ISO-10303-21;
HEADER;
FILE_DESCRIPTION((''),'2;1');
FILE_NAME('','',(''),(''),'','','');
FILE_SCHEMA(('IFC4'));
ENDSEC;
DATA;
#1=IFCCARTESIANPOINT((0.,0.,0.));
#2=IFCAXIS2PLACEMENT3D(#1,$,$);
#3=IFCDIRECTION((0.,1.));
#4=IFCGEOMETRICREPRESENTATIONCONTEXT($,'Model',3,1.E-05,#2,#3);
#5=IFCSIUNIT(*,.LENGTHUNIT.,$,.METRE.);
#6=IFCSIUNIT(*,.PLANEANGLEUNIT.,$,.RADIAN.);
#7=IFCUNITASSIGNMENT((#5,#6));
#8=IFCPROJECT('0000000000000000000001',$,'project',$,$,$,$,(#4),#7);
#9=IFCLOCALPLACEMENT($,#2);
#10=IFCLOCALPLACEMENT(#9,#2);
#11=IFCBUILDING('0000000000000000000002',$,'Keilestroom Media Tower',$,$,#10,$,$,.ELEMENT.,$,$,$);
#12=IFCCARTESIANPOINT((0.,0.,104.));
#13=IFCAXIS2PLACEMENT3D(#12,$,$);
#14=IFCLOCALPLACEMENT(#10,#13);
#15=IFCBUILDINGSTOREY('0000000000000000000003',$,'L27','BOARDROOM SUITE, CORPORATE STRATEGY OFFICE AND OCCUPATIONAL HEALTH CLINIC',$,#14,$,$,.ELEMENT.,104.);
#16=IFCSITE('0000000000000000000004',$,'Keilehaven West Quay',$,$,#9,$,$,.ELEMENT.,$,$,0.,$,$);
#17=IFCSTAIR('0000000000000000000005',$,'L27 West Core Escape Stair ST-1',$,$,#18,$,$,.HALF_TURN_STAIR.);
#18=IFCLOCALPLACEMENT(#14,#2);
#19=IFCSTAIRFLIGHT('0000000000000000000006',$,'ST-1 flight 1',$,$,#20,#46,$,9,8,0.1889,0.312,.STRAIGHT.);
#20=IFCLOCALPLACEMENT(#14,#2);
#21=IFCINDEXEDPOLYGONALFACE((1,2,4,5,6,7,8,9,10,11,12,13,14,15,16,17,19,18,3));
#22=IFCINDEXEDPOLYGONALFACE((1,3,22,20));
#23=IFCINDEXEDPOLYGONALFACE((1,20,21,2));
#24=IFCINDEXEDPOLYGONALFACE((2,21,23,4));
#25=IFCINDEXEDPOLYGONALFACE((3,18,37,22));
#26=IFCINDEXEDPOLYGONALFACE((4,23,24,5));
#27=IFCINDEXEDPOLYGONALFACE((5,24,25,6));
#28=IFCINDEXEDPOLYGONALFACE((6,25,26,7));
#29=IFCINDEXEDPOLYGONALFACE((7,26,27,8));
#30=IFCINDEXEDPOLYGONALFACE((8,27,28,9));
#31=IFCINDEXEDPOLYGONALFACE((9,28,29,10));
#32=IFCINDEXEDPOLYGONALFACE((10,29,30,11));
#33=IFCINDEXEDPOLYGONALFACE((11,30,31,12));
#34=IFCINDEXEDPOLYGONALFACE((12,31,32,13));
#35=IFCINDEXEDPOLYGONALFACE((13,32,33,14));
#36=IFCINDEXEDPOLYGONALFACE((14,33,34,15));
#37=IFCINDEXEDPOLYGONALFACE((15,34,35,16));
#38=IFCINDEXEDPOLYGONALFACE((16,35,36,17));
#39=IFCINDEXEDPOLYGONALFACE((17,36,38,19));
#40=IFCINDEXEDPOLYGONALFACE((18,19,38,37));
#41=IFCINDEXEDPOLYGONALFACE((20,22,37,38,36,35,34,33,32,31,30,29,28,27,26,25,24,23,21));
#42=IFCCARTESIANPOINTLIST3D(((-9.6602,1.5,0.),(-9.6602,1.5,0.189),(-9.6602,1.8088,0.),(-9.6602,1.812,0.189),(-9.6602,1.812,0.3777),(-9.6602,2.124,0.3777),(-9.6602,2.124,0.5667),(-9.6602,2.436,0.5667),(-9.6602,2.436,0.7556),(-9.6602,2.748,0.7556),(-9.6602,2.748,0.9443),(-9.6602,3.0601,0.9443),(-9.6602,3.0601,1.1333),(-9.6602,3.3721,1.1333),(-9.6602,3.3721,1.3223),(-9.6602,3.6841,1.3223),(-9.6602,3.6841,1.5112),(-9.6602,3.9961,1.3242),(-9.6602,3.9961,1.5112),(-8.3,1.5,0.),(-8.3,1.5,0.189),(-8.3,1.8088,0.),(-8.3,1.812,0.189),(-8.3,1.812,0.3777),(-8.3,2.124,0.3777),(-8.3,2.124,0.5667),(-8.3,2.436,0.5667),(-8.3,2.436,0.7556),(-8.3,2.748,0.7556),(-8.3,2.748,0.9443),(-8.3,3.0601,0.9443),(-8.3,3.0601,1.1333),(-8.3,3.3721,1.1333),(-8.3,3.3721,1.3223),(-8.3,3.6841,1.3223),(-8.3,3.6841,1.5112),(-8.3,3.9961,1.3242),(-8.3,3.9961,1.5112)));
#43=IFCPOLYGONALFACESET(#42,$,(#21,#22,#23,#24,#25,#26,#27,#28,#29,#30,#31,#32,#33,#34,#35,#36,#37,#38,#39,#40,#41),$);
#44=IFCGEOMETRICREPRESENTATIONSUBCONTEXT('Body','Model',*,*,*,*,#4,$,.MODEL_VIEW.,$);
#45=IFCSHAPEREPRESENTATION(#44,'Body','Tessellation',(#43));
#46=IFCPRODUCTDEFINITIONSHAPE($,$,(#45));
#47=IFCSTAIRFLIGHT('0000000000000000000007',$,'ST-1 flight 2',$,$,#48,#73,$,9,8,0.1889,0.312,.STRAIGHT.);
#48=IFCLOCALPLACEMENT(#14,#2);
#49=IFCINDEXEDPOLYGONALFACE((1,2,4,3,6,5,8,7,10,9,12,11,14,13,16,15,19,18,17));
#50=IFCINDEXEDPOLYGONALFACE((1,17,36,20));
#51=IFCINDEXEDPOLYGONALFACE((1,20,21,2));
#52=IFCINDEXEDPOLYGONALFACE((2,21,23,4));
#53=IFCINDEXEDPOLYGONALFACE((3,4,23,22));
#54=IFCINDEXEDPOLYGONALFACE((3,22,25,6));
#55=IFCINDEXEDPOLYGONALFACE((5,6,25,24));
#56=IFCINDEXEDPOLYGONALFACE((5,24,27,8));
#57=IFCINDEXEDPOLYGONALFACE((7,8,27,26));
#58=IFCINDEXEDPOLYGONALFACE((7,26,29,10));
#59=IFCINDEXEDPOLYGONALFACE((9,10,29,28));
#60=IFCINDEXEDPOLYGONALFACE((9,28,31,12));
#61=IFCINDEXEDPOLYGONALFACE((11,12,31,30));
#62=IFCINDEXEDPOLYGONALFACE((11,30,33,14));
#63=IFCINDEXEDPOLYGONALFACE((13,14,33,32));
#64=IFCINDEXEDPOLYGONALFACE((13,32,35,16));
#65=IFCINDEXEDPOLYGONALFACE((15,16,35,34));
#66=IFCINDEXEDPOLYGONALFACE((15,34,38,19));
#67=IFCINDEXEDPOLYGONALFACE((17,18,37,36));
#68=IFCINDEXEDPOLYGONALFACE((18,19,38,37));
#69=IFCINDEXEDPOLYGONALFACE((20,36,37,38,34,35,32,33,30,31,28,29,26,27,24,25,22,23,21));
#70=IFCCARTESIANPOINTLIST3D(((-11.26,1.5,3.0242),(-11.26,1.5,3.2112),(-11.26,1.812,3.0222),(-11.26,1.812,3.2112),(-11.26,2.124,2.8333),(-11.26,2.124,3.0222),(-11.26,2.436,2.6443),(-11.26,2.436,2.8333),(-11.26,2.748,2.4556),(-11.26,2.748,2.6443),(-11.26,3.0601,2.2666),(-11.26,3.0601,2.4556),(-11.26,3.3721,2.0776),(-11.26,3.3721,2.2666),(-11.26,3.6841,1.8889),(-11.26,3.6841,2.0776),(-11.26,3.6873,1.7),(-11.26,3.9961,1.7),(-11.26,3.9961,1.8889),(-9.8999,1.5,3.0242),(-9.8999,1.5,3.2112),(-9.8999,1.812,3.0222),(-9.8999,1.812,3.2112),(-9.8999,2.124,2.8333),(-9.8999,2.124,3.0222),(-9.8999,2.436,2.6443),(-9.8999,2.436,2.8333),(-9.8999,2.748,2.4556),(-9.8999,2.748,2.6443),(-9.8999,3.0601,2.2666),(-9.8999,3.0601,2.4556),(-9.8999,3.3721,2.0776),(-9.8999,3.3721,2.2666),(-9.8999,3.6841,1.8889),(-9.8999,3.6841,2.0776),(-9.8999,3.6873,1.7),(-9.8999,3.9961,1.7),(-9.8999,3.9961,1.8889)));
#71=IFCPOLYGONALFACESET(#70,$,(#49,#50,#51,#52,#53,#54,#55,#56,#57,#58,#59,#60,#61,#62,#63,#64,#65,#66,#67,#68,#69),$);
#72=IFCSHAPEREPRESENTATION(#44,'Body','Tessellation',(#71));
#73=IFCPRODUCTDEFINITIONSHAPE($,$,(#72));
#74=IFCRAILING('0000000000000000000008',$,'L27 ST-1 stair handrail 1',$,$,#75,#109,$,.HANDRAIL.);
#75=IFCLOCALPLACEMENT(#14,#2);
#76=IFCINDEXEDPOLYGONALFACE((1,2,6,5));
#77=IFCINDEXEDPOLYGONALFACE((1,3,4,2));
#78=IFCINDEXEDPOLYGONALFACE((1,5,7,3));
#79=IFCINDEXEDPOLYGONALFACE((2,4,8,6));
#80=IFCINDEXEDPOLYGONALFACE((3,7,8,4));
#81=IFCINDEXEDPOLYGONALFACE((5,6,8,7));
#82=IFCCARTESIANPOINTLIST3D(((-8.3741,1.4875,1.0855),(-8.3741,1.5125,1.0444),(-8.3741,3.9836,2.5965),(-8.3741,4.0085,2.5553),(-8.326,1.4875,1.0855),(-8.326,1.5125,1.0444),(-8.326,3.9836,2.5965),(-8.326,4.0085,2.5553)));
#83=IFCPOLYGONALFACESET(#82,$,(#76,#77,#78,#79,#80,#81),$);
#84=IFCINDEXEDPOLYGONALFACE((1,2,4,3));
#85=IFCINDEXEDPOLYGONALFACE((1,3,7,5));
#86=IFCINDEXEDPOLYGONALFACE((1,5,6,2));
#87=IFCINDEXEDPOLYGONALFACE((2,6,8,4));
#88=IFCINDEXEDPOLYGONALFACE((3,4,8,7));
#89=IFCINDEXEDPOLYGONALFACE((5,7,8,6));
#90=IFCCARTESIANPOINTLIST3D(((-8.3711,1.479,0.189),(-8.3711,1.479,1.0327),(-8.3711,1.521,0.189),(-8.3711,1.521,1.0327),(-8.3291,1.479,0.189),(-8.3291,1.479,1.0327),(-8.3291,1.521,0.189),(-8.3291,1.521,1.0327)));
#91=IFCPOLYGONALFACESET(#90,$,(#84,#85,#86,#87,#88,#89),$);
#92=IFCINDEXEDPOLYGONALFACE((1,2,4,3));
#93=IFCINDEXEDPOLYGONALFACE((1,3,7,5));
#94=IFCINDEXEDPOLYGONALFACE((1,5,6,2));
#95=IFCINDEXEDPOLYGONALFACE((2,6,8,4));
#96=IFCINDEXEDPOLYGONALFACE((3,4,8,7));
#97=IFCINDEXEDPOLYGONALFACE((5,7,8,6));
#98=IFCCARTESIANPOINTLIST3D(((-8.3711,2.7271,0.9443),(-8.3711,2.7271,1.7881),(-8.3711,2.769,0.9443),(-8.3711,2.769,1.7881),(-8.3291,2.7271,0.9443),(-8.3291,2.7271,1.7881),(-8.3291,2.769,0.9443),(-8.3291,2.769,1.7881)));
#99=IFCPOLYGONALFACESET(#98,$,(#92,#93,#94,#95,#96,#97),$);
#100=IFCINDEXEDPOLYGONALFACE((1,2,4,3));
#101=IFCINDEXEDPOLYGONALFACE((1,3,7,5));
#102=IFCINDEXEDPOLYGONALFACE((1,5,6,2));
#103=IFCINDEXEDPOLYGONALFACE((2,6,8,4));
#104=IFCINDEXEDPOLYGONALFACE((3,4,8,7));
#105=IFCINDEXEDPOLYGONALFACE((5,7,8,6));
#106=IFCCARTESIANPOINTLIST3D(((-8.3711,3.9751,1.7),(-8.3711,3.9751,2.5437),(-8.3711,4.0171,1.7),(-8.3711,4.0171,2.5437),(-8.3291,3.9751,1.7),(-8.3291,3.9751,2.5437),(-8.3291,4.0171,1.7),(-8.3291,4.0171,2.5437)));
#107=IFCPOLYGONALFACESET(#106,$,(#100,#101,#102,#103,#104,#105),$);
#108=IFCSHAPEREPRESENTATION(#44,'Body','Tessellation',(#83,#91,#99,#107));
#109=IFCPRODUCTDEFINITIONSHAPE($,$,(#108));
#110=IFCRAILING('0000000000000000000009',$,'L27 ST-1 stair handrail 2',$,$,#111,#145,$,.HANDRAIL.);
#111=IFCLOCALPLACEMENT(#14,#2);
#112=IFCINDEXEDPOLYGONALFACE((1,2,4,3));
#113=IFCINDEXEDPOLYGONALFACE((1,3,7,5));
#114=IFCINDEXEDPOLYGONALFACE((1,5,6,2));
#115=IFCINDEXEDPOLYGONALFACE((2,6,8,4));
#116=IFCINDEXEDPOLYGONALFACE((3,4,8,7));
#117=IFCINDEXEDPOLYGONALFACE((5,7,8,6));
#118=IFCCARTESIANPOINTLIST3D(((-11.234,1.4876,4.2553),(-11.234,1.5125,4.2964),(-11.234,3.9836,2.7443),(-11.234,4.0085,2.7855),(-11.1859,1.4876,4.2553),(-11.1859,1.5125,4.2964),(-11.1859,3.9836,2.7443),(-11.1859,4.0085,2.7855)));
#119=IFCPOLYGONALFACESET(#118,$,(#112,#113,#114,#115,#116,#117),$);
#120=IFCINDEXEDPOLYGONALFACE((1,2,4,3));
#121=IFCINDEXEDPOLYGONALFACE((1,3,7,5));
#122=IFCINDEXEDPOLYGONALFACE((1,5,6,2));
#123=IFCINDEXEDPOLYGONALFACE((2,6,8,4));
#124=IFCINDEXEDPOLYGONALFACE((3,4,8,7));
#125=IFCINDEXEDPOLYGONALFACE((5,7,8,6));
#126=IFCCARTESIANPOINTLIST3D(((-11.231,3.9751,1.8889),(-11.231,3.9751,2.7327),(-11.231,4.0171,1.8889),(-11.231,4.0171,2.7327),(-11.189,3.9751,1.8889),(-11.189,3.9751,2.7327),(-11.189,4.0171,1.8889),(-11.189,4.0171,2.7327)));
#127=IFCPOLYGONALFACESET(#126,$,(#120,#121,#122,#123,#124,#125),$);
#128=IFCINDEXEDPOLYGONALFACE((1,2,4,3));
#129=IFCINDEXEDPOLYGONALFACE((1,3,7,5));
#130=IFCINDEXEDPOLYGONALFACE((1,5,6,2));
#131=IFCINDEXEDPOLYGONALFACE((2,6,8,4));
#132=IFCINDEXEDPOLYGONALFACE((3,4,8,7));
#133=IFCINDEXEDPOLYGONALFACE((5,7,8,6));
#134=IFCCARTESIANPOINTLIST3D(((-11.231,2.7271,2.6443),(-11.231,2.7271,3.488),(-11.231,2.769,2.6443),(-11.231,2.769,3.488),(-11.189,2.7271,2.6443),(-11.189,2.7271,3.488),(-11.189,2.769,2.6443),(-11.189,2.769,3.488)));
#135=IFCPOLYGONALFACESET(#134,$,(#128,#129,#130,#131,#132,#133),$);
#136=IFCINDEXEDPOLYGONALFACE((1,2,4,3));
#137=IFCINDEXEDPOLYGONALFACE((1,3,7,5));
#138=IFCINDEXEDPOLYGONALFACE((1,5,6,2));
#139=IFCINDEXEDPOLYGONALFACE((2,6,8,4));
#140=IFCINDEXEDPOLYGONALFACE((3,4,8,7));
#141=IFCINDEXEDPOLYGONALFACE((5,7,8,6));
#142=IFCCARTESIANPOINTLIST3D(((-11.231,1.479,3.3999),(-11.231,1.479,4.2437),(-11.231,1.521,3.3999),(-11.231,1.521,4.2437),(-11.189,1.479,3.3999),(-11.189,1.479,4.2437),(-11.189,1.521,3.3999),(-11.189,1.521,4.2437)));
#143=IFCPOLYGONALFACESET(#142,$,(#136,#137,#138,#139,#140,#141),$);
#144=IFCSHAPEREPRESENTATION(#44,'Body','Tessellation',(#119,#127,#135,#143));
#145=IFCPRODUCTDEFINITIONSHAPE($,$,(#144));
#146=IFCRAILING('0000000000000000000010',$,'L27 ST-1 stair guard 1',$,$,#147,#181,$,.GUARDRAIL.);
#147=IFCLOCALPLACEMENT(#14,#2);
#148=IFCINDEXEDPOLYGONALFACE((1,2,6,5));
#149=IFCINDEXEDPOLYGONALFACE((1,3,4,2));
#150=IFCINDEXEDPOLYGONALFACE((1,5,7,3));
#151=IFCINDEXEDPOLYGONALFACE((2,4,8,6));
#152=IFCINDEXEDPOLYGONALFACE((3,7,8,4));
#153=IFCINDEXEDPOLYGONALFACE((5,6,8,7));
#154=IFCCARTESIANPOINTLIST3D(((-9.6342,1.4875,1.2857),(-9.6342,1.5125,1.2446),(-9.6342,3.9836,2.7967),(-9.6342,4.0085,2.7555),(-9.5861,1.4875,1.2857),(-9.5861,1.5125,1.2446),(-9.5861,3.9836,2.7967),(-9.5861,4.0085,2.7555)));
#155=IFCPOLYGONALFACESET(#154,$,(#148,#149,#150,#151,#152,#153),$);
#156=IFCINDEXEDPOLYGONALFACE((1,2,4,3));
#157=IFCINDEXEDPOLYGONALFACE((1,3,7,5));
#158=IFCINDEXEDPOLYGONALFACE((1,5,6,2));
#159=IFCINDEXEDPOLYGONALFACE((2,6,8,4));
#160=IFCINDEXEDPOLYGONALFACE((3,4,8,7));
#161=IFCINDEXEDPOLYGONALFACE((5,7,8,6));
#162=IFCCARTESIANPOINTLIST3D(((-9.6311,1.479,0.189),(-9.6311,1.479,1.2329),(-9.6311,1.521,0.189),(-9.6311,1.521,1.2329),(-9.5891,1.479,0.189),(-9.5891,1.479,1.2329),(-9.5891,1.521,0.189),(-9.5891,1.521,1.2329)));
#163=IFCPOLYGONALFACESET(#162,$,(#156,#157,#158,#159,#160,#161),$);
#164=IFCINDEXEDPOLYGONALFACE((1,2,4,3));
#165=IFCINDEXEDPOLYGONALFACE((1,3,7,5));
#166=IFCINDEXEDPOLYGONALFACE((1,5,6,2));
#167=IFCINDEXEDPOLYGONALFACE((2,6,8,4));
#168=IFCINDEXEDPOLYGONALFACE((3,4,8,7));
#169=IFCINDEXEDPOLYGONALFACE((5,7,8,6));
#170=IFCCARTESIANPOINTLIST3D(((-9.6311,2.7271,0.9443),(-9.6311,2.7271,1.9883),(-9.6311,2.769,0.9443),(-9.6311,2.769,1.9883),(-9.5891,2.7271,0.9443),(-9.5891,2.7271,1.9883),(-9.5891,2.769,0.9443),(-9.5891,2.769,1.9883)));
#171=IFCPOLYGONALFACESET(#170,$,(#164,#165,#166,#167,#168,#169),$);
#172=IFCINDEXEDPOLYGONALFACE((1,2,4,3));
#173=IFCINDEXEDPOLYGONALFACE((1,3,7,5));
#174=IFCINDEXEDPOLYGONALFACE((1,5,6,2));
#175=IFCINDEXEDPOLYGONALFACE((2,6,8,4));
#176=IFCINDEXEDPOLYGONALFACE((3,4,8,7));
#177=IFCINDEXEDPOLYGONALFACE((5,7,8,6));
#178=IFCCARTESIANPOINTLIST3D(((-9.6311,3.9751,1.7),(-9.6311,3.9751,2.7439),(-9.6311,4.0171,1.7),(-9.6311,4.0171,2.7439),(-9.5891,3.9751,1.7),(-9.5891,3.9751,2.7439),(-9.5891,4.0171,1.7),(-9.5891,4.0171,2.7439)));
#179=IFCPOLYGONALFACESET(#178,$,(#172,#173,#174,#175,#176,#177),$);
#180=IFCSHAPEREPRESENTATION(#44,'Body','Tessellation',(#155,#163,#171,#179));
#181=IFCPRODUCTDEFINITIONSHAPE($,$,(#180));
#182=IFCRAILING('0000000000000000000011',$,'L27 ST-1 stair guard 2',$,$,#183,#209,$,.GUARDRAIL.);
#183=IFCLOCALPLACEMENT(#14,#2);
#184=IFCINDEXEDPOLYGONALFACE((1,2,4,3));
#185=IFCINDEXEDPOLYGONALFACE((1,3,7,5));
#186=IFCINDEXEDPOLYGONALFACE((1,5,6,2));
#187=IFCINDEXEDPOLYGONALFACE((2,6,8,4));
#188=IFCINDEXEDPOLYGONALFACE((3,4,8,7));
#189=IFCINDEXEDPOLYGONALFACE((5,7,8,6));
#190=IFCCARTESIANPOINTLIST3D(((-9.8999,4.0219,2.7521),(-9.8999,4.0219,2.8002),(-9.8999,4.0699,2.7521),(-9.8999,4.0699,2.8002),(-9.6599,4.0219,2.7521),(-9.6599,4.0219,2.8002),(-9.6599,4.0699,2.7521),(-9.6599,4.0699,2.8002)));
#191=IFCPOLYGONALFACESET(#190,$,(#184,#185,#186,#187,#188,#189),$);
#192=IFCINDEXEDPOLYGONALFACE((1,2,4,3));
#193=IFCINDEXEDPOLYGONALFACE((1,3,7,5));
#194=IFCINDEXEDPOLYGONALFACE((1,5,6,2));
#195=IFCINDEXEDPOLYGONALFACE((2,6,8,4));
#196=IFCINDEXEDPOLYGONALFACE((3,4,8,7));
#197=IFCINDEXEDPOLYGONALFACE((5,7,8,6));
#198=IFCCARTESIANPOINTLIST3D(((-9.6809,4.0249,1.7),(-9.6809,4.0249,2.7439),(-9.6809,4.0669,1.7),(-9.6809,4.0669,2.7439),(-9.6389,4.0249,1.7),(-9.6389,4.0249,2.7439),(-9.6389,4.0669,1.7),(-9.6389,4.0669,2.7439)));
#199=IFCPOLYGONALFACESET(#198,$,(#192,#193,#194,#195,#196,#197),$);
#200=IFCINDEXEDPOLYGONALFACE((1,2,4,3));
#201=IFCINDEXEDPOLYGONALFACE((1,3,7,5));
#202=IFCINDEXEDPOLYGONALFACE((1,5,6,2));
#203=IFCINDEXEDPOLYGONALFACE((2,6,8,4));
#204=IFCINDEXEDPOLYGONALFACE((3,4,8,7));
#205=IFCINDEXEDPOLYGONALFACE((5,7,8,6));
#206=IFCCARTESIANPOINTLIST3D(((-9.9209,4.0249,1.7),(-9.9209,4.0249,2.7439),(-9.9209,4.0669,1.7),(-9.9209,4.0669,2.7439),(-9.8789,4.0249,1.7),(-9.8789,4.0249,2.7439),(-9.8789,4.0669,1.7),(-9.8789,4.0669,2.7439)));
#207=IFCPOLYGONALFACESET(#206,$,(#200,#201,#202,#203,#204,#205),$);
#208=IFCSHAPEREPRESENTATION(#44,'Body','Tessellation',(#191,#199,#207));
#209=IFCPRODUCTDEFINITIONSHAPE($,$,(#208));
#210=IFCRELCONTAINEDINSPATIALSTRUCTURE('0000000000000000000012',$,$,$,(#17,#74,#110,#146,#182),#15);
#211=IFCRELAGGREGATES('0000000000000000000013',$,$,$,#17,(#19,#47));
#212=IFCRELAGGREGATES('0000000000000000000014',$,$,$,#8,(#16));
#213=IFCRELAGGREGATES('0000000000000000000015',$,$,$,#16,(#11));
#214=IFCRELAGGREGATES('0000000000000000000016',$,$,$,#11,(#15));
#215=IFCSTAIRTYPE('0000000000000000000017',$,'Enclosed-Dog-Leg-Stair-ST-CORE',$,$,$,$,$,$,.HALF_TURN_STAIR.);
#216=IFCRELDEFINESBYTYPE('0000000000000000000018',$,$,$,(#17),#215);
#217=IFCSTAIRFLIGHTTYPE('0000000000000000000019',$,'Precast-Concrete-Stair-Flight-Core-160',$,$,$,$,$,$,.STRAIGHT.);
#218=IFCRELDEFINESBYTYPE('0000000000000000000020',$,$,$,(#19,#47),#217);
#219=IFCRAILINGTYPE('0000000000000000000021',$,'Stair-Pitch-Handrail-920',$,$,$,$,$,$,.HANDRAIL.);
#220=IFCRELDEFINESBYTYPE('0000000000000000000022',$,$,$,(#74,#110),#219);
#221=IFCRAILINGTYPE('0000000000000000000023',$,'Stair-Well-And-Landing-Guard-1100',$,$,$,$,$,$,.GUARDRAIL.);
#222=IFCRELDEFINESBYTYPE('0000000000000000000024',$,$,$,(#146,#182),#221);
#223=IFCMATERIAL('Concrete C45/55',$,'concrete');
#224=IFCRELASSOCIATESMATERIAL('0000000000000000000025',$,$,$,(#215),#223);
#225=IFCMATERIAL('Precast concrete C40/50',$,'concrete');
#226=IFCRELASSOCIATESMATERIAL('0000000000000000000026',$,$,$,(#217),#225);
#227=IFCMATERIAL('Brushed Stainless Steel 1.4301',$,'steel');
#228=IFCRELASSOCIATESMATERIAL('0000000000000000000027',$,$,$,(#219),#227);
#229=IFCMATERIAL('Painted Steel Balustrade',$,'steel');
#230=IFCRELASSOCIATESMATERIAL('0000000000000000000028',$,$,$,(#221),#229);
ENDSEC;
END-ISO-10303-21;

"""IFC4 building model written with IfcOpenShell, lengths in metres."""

from ifc_helpers import new_model, si_unit, direction, frame, origin, origin_2d, place, context, subcontext, project, spatial, polyline, rectangle, outline, extrude, material, type_object, element, aggregate, save


model = new_model("IFC4")

# Units and contexts
model_context = context("Model", 3, precision=1e-05, world=origin(), true_north=direction((0.0, 1.0)))
body_context = subcontext(model_context, "Body", "Model", "MODEL_VIEW")
ifc_project = project(units=[si_unit("LENGTHUNIT", "METRE"), si_unit("PLANEANGLEUNIT", "RADIAN")], contexts=[model_context])

# Site, building, storey
site_placement = place(None, origin())
site = spatial("IfcSite", under=ifc_project, at=site_placement, Name="Keilehaven West Quay", CompositionType="ELEMENT", RefElevation=0.0)
building_placement = place(site_placement, origin())
building = spatial("IfcBuilding", under=site, at=building_placement, Name="Keilestroom Media Tower", CompositionType="ELEMENT")
storey_placement = place(building_placement, frame((0.0, 0.0, 104.0)))
storey = spatial("IfcBuildingStorey", under=building, at=storey_placement, Name="L27", Description="BOARDROOM SUITE, CORPORATE STRATEGY OFFICE AND OCCUPATIONAL HEALTH CLINIC", CompositionType="ELEMENT", Elevation=104.0)

# Shared definitions
ifc_material_1 = material(Name="Concrete C45/55", Category="concrete")

# Shared definitions
ifc_material_2 = material(Name="Precast concrete C40/50", Category="concrete")

# Stair, stair flights
stair_type = type_object("IfcStairType", Name="Enclosed-Dog-Leg-Stair-ST-CORE", PredefinedType="HALF_TURN_STAIR", material=ifc_material_1)
stair_placement = place(storey_placement, origin())
stair = element("IfcStair", 1, at=stair_placement, inside=storey, type_object=stair_type, Name="L27 West Core Escape Stair ST-1", PredefinedType="HALF_TURN_STAIR")
stair_flight_type = type_object("IfcStairFlightType", Name="Precast-Concrete-Stair-Flight-Core-160", PredefinedType="STRAIGHT", material=ifc_material_2)
stair_flight_1_placement = place(storey_placement, frame((-8.98, 1.5, 0.0), z_axis=(0.0, 0.0, 1.0), x_axis=(0.0, 1.0, 0.0)))
stair_flight_1 = element("IfcStairFlight", 2, at=stair_flight_1_placement, type_object=stair_flight_type, Name="ST-1 flight 1", NumberOfRisers=9, NumberOfTreads=8, PredefinedType="STRAIGHT", RiserHeight=0.1889, TreadLength=0.312, context=body_context, shape_type="SweptSolid", body=[
    extrude(outline(polyline([(0.0, 0.0), (0.0, 0.189), (0.312, 0.189), (0.312, 0.3777), (0.624, 0.3777), (0.624, 0.5667), (0.936, 0.5667), (0.936, 0.7556), (1.248, 0.7556), (1.248, 0.9443), (1.5601, 0.9443), (1.5601, 1.1333), (1.8721, 1.1333), (1.8721, 1.3223), (2.1841, 1.3223), (2.1841, 1.5112), (2.4961, 1.5112), (2.4961, 1.7), (2.4961, 1.3242), (0.3088, 0.0), (0.0, 0.0)])), frame((0.0, 0.6802, 0.0), z_axis=(0.0, -1.0, 0.0), x_axis=(1.0, 0.0, 0.0)), (0.0, 0.0, 1.0), 1.3601),
])
stair_flight_2_placement = place(storey_placement, frame((-10.5801, 3.9961, 1.7), z_axis=(0.0, 0.0, 1.0), x_axis=(0.0, -1.0, 0.0)))
stair_flight_2 = element("IfcStairFlight", 3, at=stair_flight_2_placement, type_object=stair_flight_type, Name="ST-1 flight 2", NumberOfRisers=9, NumberOfTreads=8, PredefinedType="STRAIGHT", RiserHeight=0.1889, TreadLength=0.312, context=body_context, shape_type="SweptSolid", body=[
    extrude(outline(polyline([(0.0, 0.0), (0.0, 0.189), (0.312, 0.189), (0.312, 0.3777), (0.624, 0.3777), (0.624, 0.5667), (0.936, 0.5667), (0.936, 0.7556), (1.248, 0.7556), (1.248, 0.9443), (1.5601, 0.9443), (1.5601, 1.1333), (1.8721, 1.1333), (1.8721, 1.3223), (2.1841, 1.3223), (2.1841, 1.5112), (2.4961, 1.5112), (2.4961, 1.7), (2.4961, 1.3242), (0.3088, 0.0), (0.0, 0.0)])), frame((0.0, 0.6802, 0.0), z_axis=(0.0, -1.0, 0.0), x_axis=(1.0, 0.0, 0.0)), (0.0, 0.0, 1.0), 1.3601),
])
aggregate(stair, [stair_flight_1, stair_flight_2])

# Railings
ifc_material_3 = material(Name="Brushed Stainless Steel 1.4301", Category="steel")
railing_type_1 = type_object("IfcRailingType", Name="Stair-Pitch-Handrail-920", PredefinedType="HANDRAIL", material=ifc_material_3)
railing_1_placement = place(storey_placement, frame((-8.3501, 1.5, 0.189)))
element("IfcRailing", 4, at=railing_1_placement, inside=storey, type_object=railing_type_1, Name="L27 ST-1 stair handrail 1", PredefinedType="HANDRAIL", context=body_context, shape_type="SweptSolid", body=[
    extrude(rectangle(XDim=0.0481, YDim=0.0481, at=origin_2d()), frame((0.0, 0.0, 0.876), z_axis=(0.0, 0.855471, 0.517851), x_axis=(-1.0, 0.0, 0.0)), (0.0, 0.0, 1.0), 2.9177),
    extrude(rectangle(XDim=0.042, YDim=0.042, at=origin_2d()), origin(), (0.0, 0.0, 1.0), 0.8438),
    extrude(rectangle(XDim=0.042, YDim=0.042, at=origin_2d()), frame((0.0, 1.248, 0.7554)), (0.0, 0.0, 1.0), 0.8438),
    extrude(rectangle(XDim=0.042, YDim=0.042, at=origin_2d()), frame((0.0, 2.4961, 1.511)), (0.0, 0.0, 1.0), 0.8438),
])
railing_2_placement = place(storey_placement, frame((-11.21, 3.9961, 1.8889)))
element("IfcRailing", 5, at=railing_2_placement, inside=storey, type_object=railing_type_1, Name="L27 ST-1 stair handrail 2", PredefinedType="HANDRAIL", context=body_context, shape_type="SweptSolid", body=[
    extrude(rectangle(XDim=0.0481, YDim=0.0481, at=origin_2d()), frame((0.0, 0.0, 0.876), z_axis=(0.0, -0.855471, 0.517851), x_axis=(1.0, 0.0, 0.0)), (0.0, 0.0, 1.0), 2.9177),
    extrude(rectangle(XDim=0.042, YDim=0.042, at=origin_2d()), origin(), (0.0, 0.0, 1.0), 0.8438),
    extrude(rectangle(XDim=0.042, YDim=0.042, at=origin_2d()), frame((0.0, -1.248, 0.7554)), (0.0, 0.0, 1.0), 0.8438),
    extrude(rectangle(XDim=0.042, YDim=0.042, at=origin_2d()), frame((0.0, -2.4961, 1.511)), (0.0, 0.0, 1.0), 0.8438),
])
ifc_material_4 = material(Name="Painted Steel Balustrade", Category="steel")
railing_type_2 = type_object("IfcRailingType", Name="Stair-Well-And-Landing-Guard-1100", PredefinedType="GUARDRAIL", material=ifc_material_4)
railing_3_placement = place(storey_placement, frame((-9.6101, 1.5, 0.189)))
element("IfcRailing", 6, at=railing_3_placement, inside=storey, type_object=railing_type_2, Name="L27 ST-1 stair guard 1", PredefinedType="GUARDRAIL", context=body_context, shape_type="SweptSolid", body=[
    extrude(rectangle(XDim=0.0481, YDim=0.0481, at=origin_2d()), frame((0.0, 0.0, 1.0762), z_axis=(0.0, 0.855471, 0.517851), x_axis=(-1.0, 0.0, 0.0)), (0.0, 0.0, 1.0), 2.9177),
    extrude(rectangle(XDim=0.042, YDim=0.042, at=origin_2d()), origin(), (0.0, 0.0, 1.0), 1.0439),
    extrude(rectangle(XDim=0.042, YDim=0.042, at=origin_2d()), frame((0.0, 1.248, 0.7554)), (0.0, 0.0, 1.0), 1.0439),
    extrude(rectangle(XDim=0.042, YDim=0.042, at=origin_2d()), frame((0.0, 2.4961, 1.511)), (0.0, 0.0, 1.0), 1.0439),
])
railing_4_placement = place(storey_placement, frame((-9.6599, 4.0459, 1.7)))
element("IfcRailing", 7, at=railing_4_placement, inside=storey, type_object=railing_type_2, Name="L27 ST-1 stair guard 2", PredefinedType="GUARDRAIL", context=body_context, shape_type="SweptSolid", body=[
    extrude(rectangle(XDim=0.0481, YDim=0.0481, at=origin_2d()), frame((0.0, 0.0, 1.0762), z_axis=(-1.0, 0.0, 0.0), x_axis=(0.0, -1.0, 0.0)), (0.0, 0.0, 1.0), 0.24),
    extrude(rectangle(XDim=0.042, YDim=0.042, at=origin_2d()), origin(), (0.0, 0.0, 1.0), 1.0439),
    extrude(rectangle(XDim=0.042, YDim=0.042, at=origin_2d()), frame((-0.24, 0.0, 0.0)), (0.0, 0.0, 1.0), 1.0439),
])

save(model, "model.ifc")
